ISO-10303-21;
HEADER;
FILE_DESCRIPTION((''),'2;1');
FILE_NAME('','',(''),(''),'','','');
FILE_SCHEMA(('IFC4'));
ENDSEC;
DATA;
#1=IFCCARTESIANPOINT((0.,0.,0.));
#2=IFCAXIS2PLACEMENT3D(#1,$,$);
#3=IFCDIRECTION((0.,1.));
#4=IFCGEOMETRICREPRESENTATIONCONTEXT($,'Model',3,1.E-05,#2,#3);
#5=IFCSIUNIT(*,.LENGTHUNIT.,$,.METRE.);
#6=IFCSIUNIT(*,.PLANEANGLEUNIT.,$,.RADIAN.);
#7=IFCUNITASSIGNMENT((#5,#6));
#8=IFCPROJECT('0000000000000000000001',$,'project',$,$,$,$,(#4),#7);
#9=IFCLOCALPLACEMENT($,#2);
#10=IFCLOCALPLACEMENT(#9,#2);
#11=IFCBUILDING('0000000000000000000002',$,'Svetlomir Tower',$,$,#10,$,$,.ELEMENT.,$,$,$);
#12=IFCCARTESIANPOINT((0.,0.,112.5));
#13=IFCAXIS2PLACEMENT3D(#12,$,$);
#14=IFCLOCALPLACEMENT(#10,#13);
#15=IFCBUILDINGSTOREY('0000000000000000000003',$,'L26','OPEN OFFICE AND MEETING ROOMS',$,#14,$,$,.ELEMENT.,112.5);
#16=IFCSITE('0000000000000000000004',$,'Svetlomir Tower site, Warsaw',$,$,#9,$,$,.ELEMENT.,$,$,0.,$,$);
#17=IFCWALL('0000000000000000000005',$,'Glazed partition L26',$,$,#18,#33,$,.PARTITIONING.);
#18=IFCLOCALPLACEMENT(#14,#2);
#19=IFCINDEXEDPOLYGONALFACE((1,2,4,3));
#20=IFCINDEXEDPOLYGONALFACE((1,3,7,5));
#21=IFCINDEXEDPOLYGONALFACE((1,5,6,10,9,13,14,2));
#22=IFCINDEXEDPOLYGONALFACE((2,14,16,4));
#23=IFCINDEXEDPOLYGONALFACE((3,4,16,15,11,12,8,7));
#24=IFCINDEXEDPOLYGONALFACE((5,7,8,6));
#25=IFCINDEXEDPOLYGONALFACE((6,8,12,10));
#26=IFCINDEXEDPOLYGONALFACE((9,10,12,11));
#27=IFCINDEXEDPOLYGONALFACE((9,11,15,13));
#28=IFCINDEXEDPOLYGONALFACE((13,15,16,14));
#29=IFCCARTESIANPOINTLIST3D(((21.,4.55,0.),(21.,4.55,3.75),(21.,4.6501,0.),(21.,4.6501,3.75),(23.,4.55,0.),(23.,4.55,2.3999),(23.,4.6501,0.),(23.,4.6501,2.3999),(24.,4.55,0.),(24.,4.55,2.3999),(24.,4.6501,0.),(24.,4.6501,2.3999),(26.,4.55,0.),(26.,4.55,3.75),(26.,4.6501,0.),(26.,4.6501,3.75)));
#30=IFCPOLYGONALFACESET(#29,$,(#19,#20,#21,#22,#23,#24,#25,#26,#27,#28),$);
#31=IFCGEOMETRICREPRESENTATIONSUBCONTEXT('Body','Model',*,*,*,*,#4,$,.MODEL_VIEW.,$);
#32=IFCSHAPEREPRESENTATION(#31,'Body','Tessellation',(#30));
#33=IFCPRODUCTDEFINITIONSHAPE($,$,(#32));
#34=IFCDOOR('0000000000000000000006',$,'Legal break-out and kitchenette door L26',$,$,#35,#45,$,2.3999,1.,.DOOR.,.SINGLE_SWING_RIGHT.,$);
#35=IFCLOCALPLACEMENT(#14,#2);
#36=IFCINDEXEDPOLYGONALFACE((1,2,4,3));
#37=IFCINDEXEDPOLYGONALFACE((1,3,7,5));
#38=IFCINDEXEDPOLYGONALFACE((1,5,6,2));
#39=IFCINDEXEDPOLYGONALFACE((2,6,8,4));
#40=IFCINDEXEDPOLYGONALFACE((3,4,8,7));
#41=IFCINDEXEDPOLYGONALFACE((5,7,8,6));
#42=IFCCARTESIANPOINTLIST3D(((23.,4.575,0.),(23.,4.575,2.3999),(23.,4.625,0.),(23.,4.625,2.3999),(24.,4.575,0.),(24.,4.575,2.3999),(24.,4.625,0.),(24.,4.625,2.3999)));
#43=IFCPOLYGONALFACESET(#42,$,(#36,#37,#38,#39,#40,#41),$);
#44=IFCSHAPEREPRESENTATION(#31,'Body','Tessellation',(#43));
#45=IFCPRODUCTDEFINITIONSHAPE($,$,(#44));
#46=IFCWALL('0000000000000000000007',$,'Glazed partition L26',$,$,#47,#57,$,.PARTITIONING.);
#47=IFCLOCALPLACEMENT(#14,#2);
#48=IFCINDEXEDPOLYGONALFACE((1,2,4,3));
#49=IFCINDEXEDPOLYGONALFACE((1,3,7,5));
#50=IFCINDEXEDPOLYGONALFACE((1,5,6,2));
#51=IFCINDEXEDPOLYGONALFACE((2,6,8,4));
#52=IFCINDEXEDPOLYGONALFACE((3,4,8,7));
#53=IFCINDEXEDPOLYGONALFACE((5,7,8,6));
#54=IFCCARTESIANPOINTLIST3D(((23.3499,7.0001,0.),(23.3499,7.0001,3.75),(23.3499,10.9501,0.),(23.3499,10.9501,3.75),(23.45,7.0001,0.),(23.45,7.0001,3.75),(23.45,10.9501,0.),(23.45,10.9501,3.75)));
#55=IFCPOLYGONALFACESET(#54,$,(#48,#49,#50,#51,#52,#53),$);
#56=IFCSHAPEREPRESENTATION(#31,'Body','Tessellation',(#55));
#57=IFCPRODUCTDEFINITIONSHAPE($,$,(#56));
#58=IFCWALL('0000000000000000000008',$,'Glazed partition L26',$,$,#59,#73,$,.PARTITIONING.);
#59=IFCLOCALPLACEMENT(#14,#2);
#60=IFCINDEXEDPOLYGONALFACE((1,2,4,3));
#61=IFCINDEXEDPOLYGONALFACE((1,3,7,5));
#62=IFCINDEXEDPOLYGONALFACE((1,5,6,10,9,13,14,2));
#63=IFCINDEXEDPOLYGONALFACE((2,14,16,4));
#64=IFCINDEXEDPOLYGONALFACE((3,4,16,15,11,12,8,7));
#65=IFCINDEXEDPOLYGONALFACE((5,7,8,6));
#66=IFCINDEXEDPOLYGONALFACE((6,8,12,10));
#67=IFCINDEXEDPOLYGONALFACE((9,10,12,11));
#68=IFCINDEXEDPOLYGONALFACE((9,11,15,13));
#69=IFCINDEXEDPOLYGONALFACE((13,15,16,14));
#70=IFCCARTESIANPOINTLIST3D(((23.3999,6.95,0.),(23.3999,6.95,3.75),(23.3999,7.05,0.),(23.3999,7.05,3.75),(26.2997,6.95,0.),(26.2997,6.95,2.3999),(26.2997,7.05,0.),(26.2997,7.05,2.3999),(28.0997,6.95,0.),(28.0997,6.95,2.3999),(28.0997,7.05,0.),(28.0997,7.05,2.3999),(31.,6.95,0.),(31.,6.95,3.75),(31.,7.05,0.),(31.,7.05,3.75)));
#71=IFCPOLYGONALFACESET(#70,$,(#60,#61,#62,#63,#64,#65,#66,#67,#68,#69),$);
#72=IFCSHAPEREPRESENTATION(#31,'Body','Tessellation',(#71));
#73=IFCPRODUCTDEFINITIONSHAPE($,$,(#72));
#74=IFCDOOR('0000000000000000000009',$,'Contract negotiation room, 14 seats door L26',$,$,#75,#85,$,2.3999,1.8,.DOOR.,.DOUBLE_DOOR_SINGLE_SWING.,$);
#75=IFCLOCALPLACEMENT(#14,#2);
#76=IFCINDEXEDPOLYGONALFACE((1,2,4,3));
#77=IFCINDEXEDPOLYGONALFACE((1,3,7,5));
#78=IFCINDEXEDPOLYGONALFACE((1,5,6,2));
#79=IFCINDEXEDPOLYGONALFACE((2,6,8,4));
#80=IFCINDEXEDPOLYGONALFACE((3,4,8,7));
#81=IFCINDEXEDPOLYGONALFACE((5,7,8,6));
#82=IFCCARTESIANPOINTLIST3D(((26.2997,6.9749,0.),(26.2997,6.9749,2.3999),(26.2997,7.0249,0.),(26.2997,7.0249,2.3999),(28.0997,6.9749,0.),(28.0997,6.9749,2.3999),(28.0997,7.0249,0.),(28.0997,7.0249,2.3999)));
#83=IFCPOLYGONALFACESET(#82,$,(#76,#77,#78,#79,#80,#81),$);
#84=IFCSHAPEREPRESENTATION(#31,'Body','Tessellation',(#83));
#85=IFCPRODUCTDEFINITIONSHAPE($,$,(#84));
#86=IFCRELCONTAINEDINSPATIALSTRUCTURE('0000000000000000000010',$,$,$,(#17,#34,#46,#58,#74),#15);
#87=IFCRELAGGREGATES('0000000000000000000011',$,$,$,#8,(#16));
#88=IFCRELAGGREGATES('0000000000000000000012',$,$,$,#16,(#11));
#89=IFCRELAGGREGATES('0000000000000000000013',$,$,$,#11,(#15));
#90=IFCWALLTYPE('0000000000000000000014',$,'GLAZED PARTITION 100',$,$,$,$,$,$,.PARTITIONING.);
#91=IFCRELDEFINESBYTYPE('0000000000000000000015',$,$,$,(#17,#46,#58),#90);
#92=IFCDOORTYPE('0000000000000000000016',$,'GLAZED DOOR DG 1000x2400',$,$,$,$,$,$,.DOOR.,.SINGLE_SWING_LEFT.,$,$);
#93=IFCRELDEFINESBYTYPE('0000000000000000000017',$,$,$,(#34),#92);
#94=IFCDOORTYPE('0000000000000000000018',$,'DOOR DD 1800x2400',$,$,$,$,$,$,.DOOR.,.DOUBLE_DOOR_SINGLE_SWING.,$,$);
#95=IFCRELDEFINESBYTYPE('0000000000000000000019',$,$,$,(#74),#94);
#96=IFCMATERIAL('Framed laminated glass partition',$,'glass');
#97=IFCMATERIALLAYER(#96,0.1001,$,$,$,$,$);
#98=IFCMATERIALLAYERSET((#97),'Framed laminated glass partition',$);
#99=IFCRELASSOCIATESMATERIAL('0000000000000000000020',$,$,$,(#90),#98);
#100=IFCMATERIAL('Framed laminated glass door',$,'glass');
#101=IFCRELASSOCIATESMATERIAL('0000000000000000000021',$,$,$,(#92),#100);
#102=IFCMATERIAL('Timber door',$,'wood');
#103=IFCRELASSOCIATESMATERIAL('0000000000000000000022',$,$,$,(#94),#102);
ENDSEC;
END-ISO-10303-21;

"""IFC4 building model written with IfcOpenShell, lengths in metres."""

from ifc_helpers import new_model, si_unit, direction, frame, frame_2d, origin, place, context, subcontext, project, spatial, rectangle, extrude, material, layer, layer_set, type_object, element, fill, save


model = new_model("IFC4")

# Units and contexts
model_context = context("Model", 3, precision=1e-05, world=origin(), true_north=direction((0.0, 1.0)))
body_context = subcontext(model_context, "Body", "Model", "MODEL_VIEW")
ifc_project = project(units=[si_unit("LENGTHUNIT", "METRE"), si_unit("PLANEANGLEUNIT", "RADIAN")], contexts=[model_context])

# Site, building, storey
site_placement = place(None, origin())
site = spatial("IfcSite", under=ifc_project, at=site_placement, Name="Svetlomir Tower site, Warsaw", CompositionType="ELEMENT", RefElevation=0.0)
building_placement = place(site_placement, origin())
building = spatial("IfcBuilding", under=site, at=building_placement, Name="Svetlomir Tower", CompositionType="ELEMENT")
storey_placement = place(building_placement, frame((0.0, 0.0, 112.5)))
storey = spatial("IfcBuildingStorey", under=building, at=storey_placement, Name="L26", Description="OPEN OFFICE AND MEETING ROOMS", CompositionType="ELEMENT", Elevation=112.5)

# Shared definitions
ifc_material_1 = material(Name="Framed laminated glass partition", Category="glass")
ifc_layer_1 = layer(ifc_material_1, 0.1001)
ifc_layer_set_1 = layer_set([ifc_layer_1], Name="Framed laminated glass partition")
wall_type_1 = type_object("IfcWallType", Name="GLAZED PARTITION 100", PredefinedType="PARTITIONING", material=ifc_layer_set_1)

# Wall, opening, door
wall_1_placement = place(storey_placement, frame((21.0, 4.6001, 0.0), z_axis=(0.0, 0.0, 1.0), x_axis=(1.0, 0.0, 0.0)))
wall_1 = element("IfcWall", 1, at=wall_1_placement, inside=storey, type_object=wall_type_1, Name="Glazed partition L26", PredefinedType="PARTITIONING", context=body_context, shape_type="SweptSolid", body=[
    extrude(rectangle(XDim=5.0, YDim=0.1001, at=frame_2d((2.5, 0.0))), origin(), (0.0, 0.0, 1.0), 3.75),
])
opening_1_placement = place(wall_1_placement, frame((2.0, 0.0, 0.0)))
opening_1 = element("IfcOpeningElement", 2, at=opening_1_placement, cuts=wall_1, PredefinedType="OPENING", context=body_context, shape_type="SweptSolid", body=[
    extrude(rectangle(XDim=1.0, YDim=2.3999, at=frame_2d((0.5, 1.2))), frame((0.0, 0.0601, 0.0), z_axis=(0.0, -1.0, 0.0), x_axis=(1.0, 0.0, 0.0)), (0.0, 0.0, 1.0), 0.1201),
])
ifc_material_2 = material(Name="Framed laminated glass door", Category="glass")
door_type_1 = type_object("IfcDoorType", Name="GLAZED DOOR DG 1000x2400", OperationType="SINGLE_SWING_LEFT", PredefinedType="DOOR", material=ifc_material_2)
door_1_placement = place(opening_1_placement, origin())
door_1 = element("IfcDoor", 3, at=door_1_placement, inside=storey, type_object=door_type_1, Name="Legal break-out and kitchenette door L26", OperationType="SINGLE_SWING_RIGHT", OverallHeight=2.3999, OverallWidth=1.0, PredefinedType="DOOR", context=body_context, shape_type="SweptSolid", body=[
    extrude(rectangle(XDim=1.0, YDim=2.3999, at=frame_2d((0.5, 1.2))), frame((0.0, 0.0249, 0.0), z_axis=(0.0, -1.0, 0.0), x_axis=(1.0, 0.0, 0.0)), (0.0, 0.0, 1.0), 0.05),
])
fill(opening_1, door_1)

# Wall
wall_2_placement = place(storey_placement, frame((23.3999, 7.0, 0.0), z_axis=(0.0, 0.0, 1.0), x_axis=(0.0, 1.0, 0.0)))
element("IfcWall", 4, at=wall_2_placement, inside=storey, type_object=wall_type_1, Name="Glazed partition L26", PredefinedType="PARTITIONING", context=body_context, shape_type="SweptSolid", body=[
    extrude(rectangle(XDim=3.95, YDim=0.1001, at=frame_2d((1.9751, 0.0))), origin(), (0.0, 0.0, 1.0), 3.75),
])

# Wall, opening, door
wall_3_placement = place(storey_placement, frame((23.3999, 7.0, 0.0), z_axis=(0.0, 0.0, 1.0), x_axis=(1.0, 0.0, 0.0)))
wall_3 = element("IfcWall", 5, at=wall_3_placement, inside=storey, type_object=wall_type_1, Name="Glazed partition L26", PredefinedType="PARTITIONING", context=body_context, shape_type="SweptSolid", body=[
    extrude(rectangle(XDim=7.6001, YDim=0.1001, at=frame_2d((3.8, 0.0))), origin(), (0.0, 0.0, 1.0), 3.75),
])
opening_2_placement = place(wall_3_placement, frame((2.8999, 0.0, 0.0)))
opening_2 = element("IfcOpeningElement", 6, at=opening_2_placement, cuts=wall_3, PredefinedType="OPENING", context=body_context, shape_type="SweptSolid", body=[
    extrude(rectangle(XDim=1.8, YDim=2.3999, at=frame_2d((0.8999, 1.2))), frame((0.0, 0.0601, 0.0), z_axis=(0.0, -1.0, 0.0), x_axis=(1.0, 0.0, 0.0)), (0.0, 0.0, 1.0), 0.1201),
])
ifc_material_3 = material(Name="Timber door", Category="wood")
door_type_2 = type_object("IfcDoorType", Name="DOOR DD 1800x2400", OperationType="DOUBLE_DOOR_SINGLE_SWING", PredefinedType="DOOR", material=ifc_material_3)
door_2_placement = place(opening_2_placement, origin())
door_2 = element("IfcDoor", 7, at=door_2_placement, inside=storey, type_object=door_type_2, Name="Contract negotiation room, 14 seats door L26", OperationType="DOUBLE_DOOR_SINGLE_SWING", OverallHeight=2.3999, OverallWidth=1.8, PredefinedType="DOOR", context=body_context, shape_type="SweptSolid", body=[
    extrude(rectangle(XDim=1.8, YDim=2.3999, at=frame_2d((0.8999, 1.2))), frame((0.0, 0.0249, 0.0), z_axis=(0.0, -1.0, 0.0), x_axis=(1.0, 0.0, 0.0)), (0.0, 0.0, 1.0), 0.05),
])
fill(opening_2, door_2)

save(model, "model.ifc")
